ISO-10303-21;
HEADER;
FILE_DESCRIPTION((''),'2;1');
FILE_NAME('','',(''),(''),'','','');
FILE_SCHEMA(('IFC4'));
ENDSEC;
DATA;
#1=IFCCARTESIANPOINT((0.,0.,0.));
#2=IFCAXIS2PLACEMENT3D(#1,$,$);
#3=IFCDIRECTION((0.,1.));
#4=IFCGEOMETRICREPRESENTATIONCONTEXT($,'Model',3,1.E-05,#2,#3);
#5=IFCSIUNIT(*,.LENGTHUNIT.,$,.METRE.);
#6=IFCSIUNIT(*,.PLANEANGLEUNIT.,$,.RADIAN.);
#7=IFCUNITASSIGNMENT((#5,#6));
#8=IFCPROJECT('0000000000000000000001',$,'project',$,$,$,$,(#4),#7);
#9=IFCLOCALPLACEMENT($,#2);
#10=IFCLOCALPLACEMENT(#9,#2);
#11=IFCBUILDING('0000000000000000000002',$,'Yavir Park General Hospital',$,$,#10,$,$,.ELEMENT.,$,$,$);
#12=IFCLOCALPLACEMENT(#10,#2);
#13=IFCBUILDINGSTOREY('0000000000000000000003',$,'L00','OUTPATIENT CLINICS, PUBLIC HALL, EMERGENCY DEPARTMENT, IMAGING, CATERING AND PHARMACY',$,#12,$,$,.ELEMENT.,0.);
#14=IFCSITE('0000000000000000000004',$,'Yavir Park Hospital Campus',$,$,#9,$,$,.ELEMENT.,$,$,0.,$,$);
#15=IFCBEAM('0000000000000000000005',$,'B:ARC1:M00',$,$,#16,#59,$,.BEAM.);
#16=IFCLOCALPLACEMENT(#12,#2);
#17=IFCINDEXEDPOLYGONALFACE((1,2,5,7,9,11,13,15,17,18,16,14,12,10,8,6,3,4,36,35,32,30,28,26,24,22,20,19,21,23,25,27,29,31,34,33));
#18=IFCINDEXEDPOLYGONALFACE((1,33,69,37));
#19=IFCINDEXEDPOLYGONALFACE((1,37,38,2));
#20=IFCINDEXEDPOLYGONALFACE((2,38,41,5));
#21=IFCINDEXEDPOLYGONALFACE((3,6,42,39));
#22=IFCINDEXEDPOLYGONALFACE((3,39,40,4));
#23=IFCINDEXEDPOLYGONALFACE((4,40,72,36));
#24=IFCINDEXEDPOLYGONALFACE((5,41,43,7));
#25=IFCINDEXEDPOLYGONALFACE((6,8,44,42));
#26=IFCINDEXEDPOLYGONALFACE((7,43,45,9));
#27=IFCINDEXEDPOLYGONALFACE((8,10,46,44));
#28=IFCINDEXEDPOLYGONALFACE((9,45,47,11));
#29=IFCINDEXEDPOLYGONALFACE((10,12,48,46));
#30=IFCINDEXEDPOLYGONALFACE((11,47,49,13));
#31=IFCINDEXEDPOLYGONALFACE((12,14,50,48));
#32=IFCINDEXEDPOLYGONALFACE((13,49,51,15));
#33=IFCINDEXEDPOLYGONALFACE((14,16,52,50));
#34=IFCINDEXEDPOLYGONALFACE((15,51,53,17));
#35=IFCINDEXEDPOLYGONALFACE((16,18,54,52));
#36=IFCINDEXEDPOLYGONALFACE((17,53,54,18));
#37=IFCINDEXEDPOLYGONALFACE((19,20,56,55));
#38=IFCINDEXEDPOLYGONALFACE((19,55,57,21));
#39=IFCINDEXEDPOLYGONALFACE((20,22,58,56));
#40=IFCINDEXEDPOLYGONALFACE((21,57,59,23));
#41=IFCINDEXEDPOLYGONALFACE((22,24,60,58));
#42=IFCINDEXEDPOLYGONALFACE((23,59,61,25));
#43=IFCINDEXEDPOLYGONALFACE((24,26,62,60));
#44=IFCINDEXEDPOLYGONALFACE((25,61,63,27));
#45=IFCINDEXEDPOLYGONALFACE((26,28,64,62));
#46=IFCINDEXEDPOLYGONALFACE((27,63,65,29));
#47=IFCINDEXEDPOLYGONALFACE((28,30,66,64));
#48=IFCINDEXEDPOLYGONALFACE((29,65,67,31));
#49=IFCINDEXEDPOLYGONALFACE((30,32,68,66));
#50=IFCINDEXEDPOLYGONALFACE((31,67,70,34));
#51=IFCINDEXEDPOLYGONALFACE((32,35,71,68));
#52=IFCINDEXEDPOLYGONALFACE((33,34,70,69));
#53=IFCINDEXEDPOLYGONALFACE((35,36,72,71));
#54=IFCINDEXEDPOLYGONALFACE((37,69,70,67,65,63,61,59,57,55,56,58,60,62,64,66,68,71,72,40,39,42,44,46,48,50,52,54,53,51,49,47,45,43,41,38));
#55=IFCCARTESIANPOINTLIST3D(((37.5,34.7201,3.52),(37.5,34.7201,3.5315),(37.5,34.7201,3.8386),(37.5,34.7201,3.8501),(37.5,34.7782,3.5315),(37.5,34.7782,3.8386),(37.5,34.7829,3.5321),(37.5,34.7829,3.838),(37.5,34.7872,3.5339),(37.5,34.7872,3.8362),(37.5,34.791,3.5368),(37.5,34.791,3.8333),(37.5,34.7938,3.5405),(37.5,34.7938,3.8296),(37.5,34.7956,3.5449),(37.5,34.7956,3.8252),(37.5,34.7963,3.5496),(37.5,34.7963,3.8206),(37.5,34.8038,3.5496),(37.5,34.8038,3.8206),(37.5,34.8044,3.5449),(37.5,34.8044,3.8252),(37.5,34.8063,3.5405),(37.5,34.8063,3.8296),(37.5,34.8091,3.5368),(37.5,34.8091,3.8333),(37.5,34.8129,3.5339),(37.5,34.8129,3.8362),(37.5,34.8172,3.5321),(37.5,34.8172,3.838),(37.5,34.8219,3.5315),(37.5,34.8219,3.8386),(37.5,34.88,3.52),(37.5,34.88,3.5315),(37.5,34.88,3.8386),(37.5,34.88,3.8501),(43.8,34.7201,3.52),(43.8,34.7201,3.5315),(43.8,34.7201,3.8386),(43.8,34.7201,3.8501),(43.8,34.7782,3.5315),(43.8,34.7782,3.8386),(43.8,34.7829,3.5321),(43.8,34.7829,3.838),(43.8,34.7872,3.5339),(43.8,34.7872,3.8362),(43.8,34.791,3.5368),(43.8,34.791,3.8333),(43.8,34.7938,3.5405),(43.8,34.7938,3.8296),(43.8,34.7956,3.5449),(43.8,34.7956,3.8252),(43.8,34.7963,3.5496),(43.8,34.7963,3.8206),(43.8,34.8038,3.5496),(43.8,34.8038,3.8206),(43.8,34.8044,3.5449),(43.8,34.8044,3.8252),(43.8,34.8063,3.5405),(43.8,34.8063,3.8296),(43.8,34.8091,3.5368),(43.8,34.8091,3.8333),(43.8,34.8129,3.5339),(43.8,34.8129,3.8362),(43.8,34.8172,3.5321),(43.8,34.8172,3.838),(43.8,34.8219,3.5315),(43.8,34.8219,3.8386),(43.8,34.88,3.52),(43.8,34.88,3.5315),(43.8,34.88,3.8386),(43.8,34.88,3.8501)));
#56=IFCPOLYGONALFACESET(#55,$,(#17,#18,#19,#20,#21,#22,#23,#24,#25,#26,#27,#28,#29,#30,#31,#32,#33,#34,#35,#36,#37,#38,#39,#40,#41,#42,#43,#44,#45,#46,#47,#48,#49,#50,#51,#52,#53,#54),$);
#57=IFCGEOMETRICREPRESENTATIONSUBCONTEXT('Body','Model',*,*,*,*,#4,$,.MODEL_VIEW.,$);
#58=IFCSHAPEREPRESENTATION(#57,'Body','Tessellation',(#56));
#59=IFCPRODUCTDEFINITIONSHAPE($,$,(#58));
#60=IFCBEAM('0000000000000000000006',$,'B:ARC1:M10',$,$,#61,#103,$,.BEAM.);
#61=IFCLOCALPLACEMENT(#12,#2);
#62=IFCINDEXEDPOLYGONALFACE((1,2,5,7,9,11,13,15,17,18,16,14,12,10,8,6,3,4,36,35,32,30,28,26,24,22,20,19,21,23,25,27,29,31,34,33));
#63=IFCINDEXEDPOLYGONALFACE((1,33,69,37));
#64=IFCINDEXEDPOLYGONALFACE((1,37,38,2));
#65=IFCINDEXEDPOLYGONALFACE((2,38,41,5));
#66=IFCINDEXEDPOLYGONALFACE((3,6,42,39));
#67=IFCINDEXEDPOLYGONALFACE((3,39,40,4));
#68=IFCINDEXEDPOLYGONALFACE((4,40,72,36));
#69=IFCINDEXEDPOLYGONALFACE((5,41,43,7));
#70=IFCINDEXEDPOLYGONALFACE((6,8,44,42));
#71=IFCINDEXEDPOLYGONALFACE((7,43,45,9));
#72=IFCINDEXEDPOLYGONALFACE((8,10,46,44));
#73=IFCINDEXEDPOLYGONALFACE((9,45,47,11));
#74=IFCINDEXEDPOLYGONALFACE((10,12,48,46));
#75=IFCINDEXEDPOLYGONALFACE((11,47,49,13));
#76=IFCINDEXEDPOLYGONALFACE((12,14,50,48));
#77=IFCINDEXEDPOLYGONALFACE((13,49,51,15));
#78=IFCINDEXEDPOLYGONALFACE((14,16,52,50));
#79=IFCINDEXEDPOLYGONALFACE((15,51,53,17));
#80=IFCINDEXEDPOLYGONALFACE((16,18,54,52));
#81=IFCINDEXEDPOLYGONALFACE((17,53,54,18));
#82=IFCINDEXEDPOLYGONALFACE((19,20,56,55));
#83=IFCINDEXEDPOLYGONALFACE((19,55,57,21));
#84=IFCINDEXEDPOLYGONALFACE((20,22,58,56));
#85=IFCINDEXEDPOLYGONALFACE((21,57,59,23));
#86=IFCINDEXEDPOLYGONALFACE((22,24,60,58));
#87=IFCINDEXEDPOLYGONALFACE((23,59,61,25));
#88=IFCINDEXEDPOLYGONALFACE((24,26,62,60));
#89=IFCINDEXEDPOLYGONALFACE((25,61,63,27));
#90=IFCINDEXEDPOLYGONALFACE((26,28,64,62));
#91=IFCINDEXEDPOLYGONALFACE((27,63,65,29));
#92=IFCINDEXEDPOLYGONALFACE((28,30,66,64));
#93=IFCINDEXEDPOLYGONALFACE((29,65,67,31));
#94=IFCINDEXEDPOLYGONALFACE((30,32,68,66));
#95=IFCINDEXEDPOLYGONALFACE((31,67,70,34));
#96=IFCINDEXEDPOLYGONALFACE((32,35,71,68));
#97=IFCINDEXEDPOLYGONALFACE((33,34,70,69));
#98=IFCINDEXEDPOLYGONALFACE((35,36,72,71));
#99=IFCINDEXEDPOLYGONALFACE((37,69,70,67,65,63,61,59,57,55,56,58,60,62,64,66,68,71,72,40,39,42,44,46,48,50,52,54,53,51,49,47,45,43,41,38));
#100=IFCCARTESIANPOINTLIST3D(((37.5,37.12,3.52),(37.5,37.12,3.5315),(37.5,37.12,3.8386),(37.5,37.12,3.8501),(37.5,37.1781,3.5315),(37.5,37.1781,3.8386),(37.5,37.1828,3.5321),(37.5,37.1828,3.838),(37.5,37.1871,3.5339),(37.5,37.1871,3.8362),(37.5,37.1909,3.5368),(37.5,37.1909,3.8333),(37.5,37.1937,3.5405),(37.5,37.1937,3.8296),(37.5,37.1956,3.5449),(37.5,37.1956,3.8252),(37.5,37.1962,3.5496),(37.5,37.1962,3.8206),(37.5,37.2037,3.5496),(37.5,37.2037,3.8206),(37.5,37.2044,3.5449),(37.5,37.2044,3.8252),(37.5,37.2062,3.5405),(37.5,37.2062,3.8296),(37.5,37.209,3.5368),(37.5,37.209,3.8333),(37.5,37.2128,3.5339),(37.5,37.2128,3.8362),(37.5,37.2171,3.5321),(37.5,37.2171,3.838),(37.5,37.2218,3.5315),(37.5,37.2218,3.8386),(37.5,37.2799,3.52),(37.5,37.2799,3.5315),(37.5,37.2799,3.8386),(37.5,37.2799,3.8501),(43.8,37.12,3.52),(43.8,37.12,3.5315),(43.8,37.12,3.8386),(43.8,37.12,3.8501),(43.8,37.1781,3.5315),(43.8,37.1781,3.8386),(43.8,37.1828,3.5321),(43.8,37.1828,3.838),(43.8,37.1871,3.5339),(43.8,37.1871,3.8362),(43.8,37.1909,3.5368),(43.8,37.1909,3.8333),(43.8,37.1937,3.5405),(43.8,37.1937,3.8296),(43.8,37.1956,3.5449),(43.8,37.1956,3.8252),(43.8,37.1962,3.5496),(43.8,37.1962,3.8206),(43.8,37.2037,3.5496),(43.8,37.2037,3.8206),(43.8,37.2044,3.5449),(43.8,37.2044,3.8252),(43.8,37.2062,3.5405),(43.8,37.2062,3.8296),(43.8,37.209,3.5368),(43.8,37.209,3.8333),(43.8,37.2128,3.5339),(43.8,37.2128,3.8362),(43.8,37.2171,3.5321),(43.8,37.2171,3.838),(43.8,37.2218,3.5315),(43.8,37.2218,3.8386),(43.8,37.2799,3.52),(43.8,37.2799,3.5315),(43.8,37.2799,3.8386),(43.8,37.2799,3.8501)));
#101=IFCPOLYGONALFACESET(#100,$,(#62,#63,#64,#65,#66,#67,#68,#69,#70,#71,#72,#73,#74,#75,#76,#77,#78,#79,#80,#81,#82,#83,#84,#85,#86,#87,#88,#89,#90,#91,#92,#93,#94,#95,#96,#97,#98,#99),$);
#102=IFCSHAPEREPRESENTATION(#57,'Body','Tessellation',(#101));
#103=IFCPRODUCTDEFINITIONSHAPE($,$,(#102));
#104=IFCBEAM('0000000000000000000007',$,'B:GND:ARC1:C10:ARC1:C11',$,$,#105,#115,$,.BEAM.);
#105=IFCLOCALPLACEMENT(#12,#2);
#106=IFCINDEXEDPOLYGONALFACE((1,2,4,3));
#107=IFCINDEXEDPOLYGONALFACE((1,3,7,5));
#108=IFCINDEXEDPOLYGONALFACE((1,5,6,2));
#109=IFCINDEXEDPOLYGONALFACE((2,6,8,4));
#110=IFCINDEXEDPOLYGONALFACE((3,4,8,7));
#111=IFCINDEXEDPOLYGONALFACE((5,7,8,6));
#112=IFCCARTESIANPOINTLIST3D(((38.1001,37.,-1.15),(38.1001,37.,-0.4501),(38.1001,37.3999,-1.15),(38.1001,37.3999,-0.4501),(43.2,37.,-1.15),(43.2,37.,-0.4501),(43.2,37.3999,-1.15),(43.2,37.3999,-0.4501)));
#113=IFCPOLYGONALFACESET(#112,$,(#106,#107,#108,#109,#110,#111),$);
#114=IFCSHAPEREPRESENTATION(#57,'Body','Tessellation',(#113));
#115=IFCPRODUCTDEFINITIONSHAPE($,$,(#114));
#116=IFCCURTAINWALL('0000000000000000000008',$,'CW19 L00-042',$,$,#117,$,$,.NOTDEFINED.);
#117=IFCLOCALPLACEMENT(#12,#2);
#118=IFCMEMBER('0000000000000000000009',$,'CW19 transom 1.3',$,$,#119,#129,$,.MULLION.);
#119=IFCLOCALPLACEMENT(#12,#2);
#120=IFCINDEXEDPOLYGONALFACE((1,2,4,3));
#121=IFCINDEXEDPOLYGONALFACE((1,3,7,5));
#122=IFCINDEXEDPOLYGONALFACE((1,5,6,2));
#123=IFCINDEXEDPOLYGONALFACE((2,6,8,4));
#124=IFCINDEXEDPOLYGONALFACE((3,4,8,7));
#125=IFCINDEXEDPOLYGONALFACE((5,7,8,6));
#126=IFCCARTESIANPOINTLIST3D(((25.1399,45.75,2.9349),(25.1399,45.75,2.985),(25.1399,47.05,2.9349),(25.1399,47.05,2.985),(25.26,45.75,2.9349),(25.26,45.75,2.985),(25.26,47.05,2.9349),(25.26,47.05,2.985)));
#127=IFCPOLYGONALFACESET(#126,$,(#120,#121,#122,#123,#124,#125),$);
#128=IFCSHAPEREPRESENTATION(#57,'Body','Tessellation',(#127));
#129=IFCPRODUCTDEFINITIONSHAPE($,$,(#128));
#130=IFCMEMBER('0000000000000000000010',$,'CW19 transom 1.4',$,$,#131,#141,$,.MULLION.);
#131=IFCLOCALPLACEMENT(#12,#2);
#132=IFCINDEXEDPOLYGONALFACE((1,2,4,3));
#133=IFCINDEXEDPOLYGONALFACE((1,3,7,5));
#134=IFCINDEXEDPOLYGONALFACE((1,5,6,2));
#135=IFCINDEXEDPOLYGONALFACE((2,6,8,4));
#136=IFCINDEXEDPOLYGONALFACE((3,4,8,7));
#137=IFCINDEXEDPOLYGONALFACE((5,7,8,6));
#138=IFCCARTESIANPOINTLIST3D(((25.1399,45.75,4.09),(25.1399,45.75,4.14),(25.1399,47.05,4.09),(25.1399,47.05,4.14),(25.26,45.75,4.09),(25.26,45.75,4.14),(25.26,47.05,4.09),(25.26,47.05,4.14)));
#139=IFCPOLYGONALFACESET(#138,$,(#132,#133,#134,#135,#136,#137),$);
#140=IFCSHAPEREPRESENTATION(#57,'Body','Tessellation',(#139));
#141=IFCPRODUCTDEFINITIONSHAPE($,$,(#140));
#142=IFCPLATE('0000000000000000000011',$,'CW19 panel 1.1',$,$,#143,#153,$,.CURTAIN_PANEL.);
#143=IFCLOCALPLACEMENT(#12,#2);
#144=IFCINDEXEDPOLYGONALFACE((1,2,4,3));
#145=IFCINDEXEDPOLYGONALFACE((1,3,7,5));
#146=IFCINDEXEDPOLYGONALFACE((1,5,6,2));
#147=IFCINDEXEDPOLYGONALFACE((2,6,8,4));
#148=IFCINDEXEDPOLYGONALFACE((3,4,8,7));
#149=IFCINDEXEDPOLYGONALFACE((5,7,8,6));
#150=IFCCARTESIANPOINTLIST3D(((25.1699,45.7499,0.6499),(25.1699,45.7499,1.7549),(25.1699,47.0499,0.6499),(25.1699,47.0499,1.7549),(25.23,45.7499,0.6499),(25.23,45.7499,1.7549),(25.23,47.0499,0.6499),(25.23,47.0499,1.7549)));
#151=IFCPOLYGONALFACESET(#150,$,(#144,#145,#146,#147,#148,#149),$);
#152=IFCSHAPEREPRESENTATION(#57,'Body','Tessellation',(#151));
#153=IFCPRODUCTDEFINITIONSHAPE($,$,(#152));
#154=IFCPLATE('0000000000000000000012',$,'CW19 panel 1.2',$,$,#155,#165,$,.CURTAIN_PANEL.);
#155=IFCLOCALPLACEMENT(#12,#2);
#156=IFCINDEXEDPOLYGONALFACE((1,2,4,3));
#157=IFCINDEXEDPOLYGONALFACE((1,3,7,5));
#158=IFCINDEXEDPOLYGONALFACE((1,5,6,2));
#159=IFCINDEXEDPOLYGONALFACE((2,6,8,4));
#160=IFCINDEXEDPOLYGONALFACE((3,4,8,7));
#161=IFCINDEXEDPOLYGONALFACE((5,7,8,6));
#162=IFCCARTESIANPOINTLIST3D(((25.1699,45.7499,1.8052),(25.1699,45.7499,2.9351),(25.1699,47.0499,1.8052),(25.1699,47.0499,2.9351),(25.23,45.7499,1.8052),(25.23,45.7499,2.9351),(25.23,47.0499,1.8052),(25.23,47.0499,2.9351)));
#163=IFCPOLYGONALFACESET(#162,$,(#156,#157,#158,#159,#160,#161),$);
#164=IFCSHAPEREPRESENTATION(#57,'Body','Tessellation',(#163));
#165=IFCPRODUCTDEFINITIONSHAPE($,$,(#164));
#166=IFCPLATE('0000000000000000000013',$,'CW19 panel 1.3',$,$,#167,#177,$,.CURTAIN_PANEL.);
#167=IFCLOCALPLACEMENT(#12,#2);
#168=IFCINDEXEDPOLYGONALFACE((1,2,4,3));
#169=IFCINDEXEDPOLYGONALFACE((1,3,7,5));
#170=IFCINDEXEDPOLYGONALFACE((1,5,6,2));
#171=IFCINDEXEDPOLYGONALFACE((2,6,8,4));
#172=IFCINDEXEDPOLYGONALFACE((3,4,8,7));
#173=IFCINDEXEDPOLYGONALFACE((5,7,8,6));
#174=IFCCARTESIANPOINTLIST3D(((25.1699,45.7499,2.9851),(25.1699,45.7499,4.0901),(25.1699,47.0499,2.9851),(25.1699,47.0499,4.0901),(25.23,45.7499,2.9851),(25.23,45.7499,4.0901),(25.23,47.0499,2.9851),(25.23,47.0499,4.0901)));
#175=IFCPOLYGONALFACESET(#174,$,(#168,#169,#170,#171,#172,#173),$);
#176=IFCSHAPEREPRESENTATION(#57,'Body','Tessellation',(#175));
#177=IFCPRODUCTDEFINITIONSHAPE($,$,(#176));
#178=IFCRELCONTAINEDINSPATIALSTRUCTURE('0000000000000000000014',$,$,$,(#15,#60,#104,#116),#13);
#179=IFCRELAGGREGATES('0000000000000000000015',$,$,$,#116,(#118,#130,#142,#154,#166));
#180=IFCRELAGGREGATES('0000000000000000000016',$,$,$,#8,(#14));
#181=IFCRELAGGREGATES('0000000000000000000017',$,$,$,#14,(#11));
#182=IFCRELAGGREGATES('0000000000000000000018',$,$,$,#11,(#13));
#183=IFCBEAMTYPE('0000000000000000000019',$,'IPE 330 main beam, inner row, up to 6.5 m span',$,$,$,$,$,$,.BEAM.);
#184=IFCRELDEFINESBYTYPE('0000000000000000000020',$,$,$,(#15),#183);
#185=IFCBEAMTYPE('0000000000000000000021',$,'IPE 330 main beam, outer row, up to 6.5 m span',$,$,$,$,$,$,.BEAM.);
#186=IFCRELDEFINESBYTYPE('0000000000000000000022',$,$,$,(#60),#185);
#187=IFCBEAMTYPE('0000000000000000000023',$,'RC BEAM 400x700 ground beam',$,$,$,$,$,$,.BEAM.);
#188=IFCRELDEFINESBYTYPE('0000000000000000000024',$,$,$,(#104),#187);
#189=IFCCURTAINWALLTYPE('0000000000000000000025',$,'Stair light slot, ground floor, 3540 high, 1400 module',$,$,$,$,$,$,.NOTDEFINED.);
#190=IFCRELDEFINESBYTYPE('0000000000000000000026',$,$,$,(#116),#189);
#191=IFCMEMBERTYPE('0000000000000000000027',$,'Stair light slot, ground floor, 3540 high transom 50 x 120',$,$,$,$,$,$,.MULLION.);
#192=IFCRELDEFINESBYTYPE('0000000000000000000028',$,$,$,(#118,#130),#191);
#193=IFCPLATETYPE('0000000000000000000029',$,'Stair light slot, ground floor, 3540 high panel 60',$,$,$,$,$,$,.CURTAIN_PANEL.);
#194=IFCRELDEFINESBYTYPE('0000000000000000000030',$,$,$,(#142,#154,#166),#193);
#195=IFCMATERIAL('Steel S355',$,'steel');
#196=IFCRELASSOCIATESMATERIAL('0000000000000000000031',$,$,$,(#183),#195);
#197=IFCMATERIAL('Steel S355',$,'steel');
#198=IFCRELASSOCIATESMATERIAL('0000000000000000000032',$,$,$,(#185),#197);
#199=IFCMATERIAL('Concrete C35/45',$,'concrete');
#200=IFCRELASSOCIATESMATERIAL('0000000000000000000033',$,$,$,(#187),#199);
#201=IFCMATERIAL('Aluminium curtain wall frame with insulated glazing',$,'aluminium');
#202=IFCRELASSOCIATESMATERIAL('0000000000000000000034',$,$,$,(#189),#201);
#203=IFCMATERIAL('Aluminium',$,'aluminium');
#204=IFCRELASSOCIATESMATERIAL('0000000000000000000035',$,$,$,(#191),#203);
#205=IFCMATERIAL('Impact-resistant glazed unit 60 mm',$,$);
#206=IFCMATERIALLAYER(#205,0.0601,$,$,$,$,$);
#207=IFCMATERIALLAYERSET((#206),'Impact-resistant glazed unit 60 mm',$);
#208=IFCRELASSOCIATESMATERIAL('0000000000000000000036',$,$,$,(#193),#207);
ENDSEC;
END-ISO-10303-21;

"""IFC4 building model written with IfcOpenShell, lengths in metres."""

from ifc_helpers import new_model, si_unit, direction, frame, origin, origin_2d, place, context, subcontext, project, spatial, rectangle, i_section, extrude, material, layer, layer_set, material_profile, profile_set, type_object, element, aggregate, save


model = new_model("IFC4")

# Units and contexts
model_context = context("Model", 3, precision=1e-05, world=origin(), true_north=direction((0.0, 1.0)))
body_context = subcontext(model_context, "Body", "Model", "MODEL_VIEW")
ifc_project = project(units=[si_unit("LENGTHUNIT", "METRE"), si_unit("PLANEANGLEUNIT", "RADIAN")], contexts=[model_context])

# Site, building, storey
site_placement = place(None, origin())
site = spatial("IfcSite", under=ifc_project, at=site_placement, Name="Yavir Park Hospital Campus", CompositionType="ELEMENT", RefElevation=0.0)
building_placement = place(site_placement, origin())
building = spatial("IfcBuilding", under=site, at=building_placement, Name="Yavir Park General Hospital", CompositionType="ELEMENT")
storey_placement = place(building_placement, origin())
storey = spatial("IfcBuildingStorey", under=building, at=storey_placement, Name="L00", Description="OUTPATIENT CLINICS, PUBLIC HALL, EMERGENCY DEPARTMENT, IMAGING, CATERING AND PHARMACY", CompositionType="ELEMENT", Elevation=0.0)

# Beams
ifc_material_1 = material(Name="Steel S355", Category="steel")
ifc_material_profile_1 = material_profile(ifc_material_1, i_section(OverallWidth=0.1599, OverallDepth=0.3301, WebThickness=0.0076, FlangeThickness=0.0115, FilletRadius=0.0181, at=origin_2d()), Name="IPE330")
ifc_profile_set_1 = profile_set([ifc_material_profile_1], Name="Steel S355")
beam_type_1 = type_object("IfcBeamType", Name="IPE 330 main beam, inner row, up to 6.5 m span", PredefinedType="BEAM", material=ifc_profile_set_1)
beam_1_placement = place(storey_placement, frame((37.5, 34.8, 3.6851), z_axis=(1.0, 0.0, 0.0), x_axis=(0.0, 1.0, 0.0)))
element("IfcBeam", 1, at=beam_1_placement, inside=storey, type_object=beam_type_1, Name="B:ARC1:M00", PredefinedType="BEAM", context=body_context, shape_type="SweptSolid", body=[
    extrude(i_section(OverallWidth=0.1599, OverallDepth=0.3301, WebThickness=0.0076, FlangeThickness=0.0115, FilletRadius=0.0181, at=origin_2d()), origin(), (0.0, 0.0, 1.0), 6.3),
])
ifc_material_2 = material(Name="Steel S355", Category="steel")
ifc_material_profile_2 = material_profile(ifc_material_2, i_section(OverallWidth=0.1599, OverallDepth=0.3301, WebThickness=0.0076, FlangeThickness=0.0115, FilletRadius=0.0181, at=origin_2d()), Name="IPE330")
ifc_profile_set_2 = profile_set([ifc_material_profile_2], Name="Steel S355")
beam_type_2 = type_object("IfcBeamType", Name="IPE 330 main beam, outer row, up to 6.5 m span", PredefinedType="BEAM", material=ifc_profile_set_2)
beam_2_placement = place(storey_placement, frame((37.5, 37.2, 3.6851), z_axis=(1.0, 0.0, 0.0), x_axis=(0.0, 1.0, 0.0)))
element("IfcBeam", 2, at=beam_2_placement, inside=storey, type_object=beam_type_2, Name="B:ARC1:M10", PredefinedType="BEAM", context=body_context, shape_type="SweptSolid", body=[
    extrude(i_section(OverallWidth=0.1599, OverallDepth=0.3301, WebThickness=0.0076, FlangeThickness=0.0115, FilletRadius=0.0181, at=origin_2d()), origin(), (0.0, 0.0, 1.0), 6.3),
])
ifc_material_3 = material(Name="Concrete C35/45", Category="concrete")
ifc_material_profile_3 = material_profile(ifc_material_3, rectangle(XDim=0.3999, YDim=0.7, at=origin_2d()), Name="RC400x700")
ifc_profile_set_3 = profile_set([ifc_material_profile_3], Name="Concrete C35/45")
beam_type_3 = type_object("IfcBeamType", Name="RC BEAM 400x700 ground beam", PredefinedType="BEAM", material=ifc_profile_set_3)
beam_3_placement = place(storey_placement, frame((38.1001, 37.2, -0.8), z_axis=(1.0, 0.0, 0.0), x_axis=(0.0, 1.0, 0.0)))
element("IfcBeam", 3, at=beam_3_placement, inside=storey, type_object=beam_type_3, Name="B:GND:ARC1:C10:ARC1:C11", PredefinedType="BEAM", context=body_context, shape_type="SweptSolid", body=[
    extrude(rectangle(XDim=0.3999, YDim=0.7, at=origin_2d()), origin(), (0.0, 0.0, 1.0), 5.0999),
])

# Curtain wall, members, plates
ifc_material_4 = material(Name="Aluminium curtain wall frame with insulated glazing", Category="aluminium")
curtain_wall_type = type_object("IfcCurtainWallType", Name="Stair light slot, ground floor, 3540 high, 1400 module", PredefinedType="NOTDEFINED", material=ifc_material_4)
curtain_wall_placement = place(storey_placement, origin())
curtain_wall = element("IfcCurtainWall", 4, at=curtain_wall_placement, inside=storey, type_object=curtain_wall_type, Name="CW19 L00-042", PredefinedType="NOTDEFINED")
ifc_material_5 = material(Name="Aluminium", Category="aluminium")
ifc_material_profile_4 = material_profile(ifc_material_5, rectangle(XDim=0.1201, YDim=0.05, at=origin_2d()), Name="AL 120x50")
ifc_profile_set_4 = profile_set([ifc_material_profile_4], Name="Aluminium")
member_type = type_object("IfcMemberType", Name="Stair light slot, ground floor, 3540 high transom 50 x 120", PredefinedType="MULLION", material=ifc_profile_set_4)
member_1_placement = place(storey_placement, frame((25.2, 45.75, 2.96), z_axis=(0.0, 1.0, 0.0), x_axis=(-1.0, 0.0, 0.0)))
member_1 = element("IfcMember", 5, at=member_1_placement, type_object=member_type, Name="CW19 transom 1.3", PredefinedType="MULLION", context=body_context, shape_type="SweptSolid", body=[
    extrude(rectangle(XDim=0.1201, YDim=0.05, at=origin_2d()), origin(), (0.0, 0.0, 1.0), 1.3),
])
member_2_placement = place(storey_placement, frame((25.2, 45.75, 4.115), z_axis=(0.0, 1.0, 0.0), x_axis=(-1.0, 0.0, 0.0)))
member_2 = element("IfcMember", 6, at=member_2_placement, type_object=member_type, Name="CW19 transom 1.4", PredefinedType="MULLION", context=body_context, shape_type="SweptSolid", body=[
    extrude(rectangle(XDim=0.1201, YDim=0.05, at=origin_2d()), origin(), (0.0, 0.0, 1.0), 1.3),
])
ifc_material_6 = material(Name="Impact-resistant glazed unit 60 mm")
ifc_layer_1 = layer(ifc_material_6, 0.0601)
ifc_layer_set_1 = layer_set([ifc_layer_1], Name="Impact-resistant glazed unit 60 mm")
plate_type = type_object("IfcPlateType", Name="Stair light slot, ground floor, 3540 high panel 60", PredefinedType="CURTAIN_PANEL", material=ifc_layer_set_1)
plate_1_placement = place(storey_placement, frame((25.2, 46.3999, 0.6499), z_axis=(0.0, 0.0, 1.0), x_axis=(0.0, 1.0, 0.0)))
plate_1 = element("IfcPlate", 7, at=plate_1_placement, type_object=plate_type, Name="CW19 panel 1.1", PredefinedType="CURTAIN_PANEL", context=body_context, shape_type="SweptSolid", body=[
    extrude(rectangle(XDim=1.3, YDim=0.0601, at=origin_2d()), origin(), (0.0, 0.0, 1.0), 1.105),
])
plate_2_placement = place(storey_placement, frame((25.2, 46.3999, 1.8052), z_axis=(0.0, 0.0, 1.0), x_axis=(0.0, 1.0, 0.0)))
plate_2 = element("IfcPlate", 8, at=plate_2_placement, type_object=plate_type, Name="CW19 panel 1.2", PredefinedType="CURTAIN_PANEL", context=body_context, shape_type="SweptSolid", body=[
    extrude(rectangle(XDim=1.3, YDim=0.0601, at=origin_2d()), origin(), (0.0, 0.0, 1.0), 1.1299),
])
plate_3_placement = place(storey_placement, frame((25.2, 46.3999, 2.9851), z_axis=(0.0, 0.0, 1.0), x_axis=(0.0, 1.0, 0.0)))
plate_3 = element("IfcPlate", 9, at=plate_3_placement, type_object=plate_type, Name="CW19 panel 1.3", PredefinedType="CURTAIN_PANEL", context=body_context, shape_type="SweptSolid", body=[
    extrude(rectangle(XDim=1.3, YDim=0.0601, at=origin_2d()), origin(), (0.0, 0.0, 1.0), 1.105),
])
aggregate(curtain_wall, [member_1, member_2, plate_1, plate_2, plate_3])

save(model, "model.ifc")
